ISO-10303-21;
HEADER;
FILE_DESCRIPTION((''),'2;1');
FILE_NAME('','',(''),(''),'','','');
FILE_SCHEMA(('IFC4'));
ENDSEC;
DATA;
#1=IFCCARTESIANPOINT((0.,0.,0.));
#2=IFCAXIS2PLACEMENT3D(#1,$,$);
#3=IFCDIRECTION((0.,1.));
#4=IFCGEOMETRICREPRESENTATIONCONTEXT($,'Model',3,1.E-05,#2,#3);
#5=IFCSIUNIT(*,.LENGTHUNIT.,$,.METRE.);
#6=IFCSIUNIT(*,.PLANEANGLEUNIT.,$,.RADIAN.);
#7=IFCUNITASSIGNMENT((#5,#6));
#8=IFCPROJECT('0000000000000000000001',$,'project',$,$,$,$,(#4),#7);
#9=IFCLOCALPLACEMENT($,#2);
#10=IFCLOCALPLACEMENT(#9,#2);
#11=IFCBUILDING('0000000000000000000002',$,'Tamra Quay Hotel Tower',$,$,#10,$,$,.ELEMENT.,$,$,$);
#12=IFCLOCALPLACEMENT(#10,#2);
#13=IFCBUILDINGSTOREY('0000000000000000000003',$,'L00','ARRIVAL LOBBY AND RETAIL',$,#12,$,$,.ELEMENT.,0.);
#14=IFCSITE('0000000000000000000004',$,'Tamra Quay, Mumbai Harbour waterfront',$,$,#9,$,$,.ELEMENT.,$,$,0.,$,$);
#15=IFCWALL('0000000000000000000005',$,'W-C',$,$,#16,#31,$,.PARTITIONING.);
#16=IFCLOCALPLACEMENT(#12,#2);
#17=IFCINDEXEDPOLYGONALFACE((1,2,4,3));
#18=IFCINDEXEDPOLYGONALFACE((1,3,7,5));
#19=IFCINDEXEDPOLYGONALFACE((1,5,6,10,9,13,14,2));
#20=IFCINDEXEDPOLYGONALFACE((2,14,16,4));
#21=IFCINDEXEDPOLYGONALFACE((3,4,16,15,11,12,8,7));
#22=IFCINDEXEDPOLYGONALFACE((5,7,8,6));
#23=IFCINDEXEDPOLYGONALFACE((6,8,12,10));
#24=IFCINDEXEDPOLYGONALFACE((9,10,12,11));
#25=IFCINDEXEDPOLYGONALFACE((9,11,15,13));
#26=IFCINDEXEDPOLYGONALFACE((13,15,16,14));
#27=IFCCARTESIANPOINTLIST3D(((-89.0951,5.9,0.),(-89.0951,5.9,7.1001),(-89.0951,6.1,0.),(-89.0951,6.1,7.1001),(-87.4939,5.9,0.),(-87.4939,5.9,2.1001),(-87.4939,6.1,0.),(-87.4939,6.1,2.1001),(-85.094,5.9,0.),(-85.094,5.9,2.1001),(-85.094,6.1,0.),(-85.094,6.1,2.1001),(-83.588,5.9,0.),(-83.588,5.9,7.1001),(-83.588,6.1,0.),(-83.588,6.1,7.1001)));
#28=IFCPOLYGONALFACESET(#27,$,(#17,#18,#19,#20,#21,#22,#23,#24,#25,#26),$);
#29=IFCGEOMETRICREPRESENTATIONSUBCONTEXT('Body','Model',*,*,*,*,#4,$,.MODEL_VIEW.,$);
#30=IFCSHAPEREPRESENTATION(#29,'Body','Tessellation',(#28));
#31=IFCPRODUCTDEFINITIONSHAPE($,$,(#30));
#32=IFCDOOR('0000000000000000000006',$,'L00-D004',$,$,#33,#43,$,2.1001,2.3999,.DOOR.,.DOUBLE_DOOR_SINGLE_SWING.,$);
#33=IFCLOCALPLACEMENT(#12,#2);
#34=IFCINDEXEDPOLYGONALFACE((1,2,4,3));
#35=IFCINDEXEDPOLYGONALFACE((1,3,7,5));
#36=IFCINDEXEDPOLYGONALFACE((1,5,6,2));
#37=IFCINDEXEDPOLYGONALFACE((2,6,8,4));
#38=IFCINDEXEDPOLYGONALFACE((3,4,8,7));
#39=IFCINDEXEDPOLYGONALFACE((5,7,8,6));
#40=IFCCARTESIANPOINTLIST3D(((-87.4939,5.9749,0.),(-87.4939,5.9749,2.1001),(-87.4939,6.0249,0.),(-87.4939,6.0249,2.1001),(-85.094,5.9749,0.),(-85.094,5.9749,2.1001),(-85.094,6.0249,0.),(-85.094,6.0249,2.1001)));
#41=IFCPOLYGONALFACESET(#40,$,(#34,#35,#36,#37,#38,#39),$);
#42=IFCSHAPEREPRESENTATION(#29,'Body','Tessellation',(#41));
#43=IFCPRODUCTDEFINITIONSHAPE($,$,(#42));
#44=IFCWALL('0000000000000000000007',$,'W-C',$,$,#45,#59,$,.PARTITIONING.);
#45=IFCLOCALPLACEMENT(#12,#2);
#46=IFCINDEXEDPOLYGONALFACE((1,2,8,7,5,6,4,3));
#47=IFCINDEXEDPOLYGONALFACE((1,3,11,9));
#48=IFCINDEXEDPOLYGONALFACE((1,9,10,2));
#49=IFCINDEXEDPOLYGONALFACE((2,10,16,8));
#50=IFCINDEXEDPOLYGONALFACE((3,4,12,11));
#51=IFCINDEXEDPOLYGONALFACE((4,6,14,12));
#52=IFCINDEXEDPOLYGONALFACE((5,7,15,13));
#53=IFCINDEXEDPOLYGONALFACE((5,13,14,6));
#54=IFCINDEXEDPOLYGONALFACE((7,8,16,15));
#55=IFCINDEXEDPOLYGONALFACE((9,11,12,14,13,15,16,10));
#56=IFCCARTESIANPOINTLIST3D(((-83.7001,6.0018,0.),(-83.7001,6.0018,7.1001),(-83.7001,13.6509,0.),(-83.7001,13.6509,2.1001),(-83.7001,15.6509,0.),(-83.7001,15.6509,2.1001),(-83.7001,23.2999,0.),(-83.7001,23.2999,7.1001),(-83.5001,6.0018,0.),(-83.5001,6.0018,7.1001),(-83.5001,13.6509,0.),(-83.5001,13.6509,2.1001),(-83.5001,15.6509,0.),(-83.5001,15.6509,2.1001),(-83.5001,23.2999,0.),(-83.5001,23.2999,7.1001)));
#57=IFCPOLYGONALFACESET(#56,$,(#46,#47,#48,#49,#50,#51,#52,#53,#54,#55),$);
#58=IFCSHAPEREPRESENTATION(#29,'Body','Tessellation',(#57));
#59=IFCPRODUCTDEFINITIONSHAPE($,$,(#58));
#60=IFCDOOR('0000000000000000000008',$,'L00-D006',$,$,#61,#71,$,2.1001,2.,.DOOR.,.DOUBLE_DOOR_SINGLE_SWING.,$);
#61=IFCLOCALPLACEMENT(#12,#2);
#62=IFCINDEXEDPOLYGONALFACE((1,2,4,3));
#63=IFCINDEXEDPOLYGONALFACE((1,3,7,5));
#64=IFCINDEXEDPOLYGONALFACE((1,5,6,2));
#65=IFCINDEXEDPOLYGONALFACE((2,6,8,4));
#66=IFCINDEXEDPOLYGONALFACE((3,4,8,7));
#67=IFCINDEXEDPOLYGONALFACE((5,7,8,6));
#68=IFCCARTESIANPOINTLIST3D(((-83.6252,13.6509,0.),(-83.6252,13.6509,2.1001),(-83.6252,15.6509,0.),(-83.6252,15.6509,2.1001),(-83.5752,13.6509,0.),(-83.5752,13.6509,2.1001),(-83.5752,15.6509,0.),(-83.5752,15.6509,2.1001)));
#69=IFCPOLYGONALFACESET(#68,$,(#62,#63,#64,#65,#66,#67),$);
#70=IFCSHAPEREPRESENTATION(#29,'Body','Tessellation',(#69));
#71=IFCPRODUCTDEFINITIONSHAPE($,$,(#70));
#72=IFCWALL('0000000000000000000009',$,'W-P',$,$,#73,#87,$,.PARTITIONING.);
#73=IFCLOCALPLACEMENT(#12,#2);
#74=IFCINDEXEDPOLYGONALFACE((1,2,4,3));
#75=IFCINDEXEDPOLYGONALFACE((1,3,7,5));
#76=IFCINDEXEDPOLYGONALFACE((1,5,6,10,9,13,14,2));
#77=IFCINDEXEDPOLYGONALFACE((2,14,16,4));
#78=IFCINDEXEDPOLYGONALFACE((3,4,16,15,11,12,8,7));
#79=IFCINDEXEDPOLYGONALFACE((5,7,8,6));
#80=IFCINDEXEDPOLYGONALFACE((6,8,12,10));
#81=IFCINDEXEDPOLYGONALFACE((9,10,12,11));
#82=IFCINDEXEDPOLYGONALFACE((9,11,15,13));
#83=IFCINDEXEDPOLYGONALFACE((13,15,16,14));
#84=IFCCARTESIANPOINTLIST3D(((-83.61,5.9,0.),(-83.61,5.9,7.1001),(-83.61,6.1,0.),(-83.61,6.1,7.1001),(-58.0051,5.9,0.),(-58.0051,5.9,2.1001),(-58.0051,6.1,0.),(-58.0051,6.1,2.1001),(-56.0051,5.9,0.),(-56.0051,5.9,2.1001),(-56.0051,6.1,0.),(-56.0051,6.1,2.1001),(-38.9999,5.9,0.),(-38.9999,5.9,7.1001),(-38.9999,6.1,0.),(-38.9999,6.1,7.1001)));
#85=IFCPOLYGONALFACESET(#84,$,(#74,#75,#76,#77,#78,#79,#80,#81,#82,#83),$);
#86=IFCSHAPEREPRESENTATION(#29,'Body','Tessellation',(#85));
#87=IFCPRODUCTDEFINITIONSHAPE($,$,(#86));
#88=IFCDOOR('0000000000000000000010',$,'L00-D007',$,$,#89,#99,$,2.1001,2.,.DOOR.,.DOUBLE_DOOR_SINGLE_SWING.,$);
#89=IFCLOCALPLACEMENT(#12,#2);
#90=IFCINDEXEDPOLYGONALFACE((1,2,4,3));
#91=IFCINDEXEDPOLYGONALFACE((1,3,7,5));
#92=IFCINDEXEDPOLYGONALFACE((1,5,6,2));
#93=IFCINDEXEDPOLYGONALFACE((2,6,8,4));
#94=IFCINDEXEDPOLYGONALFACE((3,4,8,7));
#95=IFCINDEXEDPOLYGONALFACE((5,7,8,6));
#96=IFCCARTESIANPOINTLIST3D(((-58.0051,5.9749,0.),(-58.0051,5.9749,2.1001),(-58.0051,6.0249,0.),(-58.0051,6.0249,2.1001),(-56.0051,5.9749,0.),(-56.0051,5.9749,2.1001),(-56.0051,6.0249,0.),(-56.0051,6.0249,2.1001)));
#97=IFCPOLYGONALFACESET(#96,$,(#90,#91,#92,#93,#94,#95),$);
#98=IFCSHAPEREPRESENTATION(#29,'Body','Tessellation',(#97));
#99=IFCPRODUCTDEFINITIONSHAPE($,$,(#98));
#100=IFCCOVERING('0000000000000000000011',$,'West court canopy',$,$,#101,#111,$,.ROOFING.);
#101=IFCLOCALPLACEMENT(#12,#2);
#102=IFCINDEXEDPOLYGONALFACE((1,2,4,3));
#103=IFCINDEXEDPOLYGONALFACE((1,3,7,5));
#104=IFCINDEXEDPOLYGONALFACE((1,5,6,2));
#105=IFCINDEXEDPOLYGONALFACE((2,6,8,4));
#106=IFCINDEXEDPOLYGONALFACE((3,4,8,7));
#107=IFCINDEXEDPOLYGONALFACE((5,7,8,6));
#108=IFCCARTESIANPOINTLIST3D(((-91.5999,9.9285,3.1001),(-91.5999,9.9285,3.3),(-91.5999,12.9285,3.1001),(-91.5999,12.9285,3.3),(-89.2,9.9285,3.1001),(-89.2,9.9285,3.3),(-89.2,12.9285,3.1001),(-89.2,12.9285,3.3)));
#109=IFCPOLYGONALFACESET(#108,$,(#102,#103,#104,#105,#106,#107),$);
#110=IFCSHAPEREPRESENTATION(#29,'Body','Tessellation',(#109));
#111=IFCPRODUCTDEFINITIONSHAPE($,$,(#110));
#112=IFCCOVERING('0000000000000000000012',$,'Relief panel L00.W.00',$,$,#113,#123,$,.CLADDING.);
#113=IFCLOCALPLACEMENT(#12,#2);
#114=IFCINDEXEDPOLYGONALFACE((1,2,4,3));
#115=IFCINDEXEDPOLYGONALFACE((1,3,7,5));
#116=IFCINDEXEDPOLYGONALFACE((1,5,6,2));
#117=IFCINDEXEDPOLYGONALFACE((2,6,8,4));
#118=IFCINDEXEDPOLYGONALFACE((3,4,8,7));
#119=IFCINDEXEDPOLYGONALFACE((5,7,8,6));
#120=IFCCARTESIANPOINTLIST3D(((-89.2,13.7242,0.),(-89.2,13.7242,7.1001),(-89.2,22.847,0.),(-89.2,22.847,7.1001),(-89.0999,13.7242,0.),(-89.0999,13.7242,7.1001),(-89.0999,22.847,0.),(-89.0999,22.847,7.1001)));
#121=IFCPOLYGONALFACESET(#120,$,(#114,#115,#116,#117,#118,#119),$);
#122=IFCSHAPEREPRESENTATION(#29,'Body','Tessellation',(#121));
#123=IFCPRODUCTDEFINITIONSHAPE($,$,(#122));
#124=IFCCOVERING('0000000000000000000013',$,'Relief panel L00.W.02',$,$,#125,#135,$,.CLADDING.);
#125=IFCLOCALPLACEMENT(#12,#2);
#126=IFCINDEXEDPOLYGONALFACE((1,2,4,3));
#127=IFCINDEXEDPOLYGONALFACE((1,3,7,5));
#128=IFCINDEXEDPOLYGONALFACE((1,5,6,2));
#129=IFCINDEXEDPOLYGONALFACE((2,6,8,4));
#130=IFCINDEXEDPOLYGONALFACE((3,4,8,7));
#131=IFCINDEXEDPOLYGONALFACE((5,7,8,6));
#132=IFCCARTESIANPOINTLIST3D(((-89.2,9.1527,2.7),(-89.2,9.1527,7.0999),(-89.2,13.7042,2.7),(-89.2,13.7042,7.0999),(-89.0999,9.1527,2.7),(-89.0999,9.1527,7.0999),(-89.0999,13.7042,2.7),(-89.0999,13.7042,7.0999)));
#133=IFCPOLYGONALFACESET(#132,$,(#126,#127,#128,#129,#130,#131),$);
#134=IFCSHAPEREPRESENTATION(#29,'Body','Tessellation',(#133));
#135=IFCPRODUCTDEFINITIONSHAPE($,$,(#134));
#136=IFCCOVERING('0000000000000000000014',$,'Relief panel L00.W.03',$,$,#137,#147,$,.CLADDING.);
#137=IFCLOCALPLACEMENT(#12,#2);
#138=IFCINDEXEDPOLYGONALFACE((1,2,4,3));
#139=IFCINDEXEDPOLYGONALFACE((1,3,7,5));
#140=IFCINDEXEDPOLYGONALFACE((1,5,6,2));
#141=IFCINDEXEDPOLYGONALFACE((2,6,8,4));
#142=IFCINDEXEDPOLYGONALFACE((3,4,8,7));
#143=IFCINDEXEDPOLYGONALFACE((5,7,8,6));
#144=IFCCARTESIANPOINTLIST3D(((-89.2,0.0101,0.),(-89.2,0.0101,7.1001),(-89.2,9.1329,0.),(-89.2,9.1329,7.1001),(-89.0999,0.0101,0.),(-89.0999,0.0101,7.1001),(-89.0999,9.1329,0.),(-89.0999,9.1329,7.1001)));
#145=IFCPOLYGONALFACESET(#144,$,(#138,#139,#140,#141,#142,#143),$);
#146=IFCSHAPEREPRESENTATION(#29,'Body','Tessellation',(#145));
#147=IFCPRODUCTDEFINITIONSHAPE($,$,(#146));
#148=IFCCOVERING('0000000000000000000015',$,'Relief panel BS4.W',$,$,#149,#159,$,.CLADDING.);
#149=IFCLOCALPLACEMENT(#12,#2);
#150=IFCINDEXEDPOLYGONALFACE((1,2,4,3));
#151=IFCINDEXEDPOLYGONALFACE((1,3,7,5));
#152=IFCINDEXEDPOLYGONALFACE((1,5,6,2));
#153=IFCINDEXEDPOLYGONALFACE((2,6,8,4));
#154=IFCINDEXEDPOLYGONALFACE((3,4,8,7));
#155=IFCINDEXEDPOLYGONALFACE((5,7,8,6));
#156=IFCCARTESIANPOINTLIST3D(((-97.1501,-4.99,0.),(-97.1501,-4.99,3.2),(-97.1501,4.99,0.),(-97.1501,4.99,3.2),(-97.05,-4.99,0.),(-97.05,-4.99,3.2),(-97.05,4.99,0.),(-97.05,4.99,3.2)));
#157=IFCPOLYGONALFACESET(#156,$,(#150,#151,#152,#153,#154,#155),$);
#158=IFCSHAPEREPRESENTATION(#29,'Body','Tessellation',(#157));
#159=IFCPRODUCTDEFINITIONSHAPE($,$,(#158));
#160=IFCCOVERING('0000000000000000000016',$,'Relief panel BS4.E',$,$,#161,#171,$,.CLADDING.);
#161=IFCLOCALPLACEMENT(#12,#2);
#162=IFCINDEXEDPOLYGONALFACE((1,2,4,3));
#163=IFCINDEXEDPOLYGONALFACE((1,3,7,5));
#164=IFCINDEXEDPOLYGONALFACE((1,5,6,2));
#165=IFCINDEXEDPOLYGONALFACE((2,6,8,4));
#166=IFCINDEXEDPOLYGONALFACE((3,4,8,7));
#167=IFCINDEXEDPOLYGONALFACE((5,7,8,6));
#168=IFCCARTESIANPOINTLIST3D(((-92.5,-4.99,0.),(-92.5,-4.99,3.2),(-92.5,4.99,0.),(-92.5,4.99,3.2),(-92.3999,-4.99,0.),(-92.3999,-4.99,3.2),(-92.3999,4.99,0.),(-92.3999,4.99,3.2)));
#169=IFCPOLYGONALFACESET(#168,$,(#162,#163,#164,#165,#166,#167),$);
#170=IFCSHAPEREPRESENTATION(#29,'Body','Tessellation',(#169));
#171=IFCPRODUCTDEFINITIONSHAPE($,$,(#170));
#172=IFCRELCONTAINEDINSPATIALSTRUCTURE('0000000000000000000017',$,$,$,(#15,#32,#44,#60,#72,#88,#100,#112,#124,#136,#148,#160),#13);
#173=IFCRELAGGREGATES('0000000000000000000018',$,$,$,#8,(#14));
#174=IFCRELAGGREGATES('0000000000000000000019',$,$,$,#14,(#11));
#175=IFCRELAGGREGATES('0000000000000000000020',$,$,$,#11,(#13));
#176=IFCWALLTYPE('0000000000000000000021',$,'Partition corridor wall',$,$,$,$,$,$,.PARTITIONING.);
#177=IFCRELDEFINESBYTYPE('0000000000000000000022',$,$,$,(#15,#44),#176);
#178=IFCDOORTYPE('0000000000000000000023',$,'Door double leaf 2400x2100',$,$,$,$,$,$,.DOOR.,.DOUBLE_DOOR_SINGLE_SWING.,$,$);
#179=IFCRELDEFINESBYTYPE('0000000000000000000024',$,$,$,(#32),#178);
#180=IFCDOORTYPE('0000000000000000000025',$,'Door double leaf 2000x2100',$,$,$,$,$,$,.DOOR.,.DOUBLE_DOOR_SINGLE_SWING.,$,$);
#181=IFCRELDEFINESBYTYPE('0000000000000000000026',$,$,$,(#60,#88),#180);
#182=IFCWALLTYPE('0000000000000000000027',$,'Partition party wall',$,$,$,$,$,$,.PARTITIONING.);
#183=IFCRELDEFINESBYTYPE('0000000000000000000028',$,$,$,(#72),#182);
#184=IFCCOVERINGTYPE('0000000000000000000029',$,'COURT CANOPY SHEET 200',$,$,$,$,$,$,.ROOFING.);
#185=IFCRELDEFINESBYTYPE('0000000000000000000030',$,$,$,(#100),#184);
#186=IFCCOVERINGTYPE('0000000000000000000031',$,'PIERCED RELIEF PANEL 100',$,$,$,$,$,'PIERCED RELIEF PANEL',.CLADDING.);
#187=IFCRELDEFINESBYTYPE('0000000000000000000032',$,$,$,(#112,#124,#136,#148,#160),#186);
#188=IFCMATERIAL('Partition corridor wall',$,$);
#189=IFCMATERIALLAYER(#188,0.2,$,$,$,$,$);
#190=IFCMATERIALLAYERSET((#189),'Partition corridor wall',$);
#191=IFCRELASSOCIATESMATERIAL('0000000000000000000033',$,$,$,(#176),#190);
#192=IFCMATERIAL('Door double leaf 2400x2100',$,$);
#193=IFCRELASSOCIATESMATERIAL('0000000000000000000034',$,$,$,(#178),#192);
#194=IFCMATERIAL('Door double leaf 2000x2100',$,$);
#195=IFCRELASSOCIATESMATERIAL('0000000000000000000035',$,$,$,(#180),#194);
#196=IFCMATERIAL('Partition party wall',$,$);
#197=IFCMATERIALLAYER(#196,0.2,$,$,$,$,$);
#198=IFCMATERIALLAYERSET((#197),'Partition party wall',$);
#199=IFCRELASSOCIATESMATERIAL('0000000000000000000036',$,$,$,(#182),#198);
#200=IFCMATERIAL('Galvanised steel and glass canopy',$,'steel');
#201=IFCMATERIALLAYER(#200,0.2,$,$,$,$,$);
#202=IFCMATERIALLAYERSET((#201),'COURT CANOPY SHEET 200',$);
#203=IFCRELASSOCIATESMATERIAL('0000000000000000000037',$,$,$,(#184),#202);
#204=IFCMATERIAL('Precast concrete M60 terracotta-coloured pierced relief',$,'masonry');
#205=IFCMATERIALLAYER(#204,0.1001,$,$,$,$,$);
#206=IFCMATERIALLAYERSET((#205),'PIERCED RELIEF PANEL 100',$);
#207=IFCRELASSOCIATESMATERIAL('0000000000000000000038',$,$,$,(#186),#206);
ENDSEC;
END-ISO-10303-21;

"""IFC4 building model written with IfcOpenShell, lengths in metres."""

from ifc_helpers import new_model, si_unit, direction, frame, frame_2d, origin, origin_2d, place, context, subcontext, project, spatial, rectangle, extrude, material, layer, layer_set, type_object, element, fill, save


model = new_model("IFC4")

# Units and contexts
model_context = context("Model", 3, precision=1e-05, world=origin(), true_north=direction((0.0, 1.0)))
body_context = subcontext(model_context, "Body", "Model", "MODEL_VIEW")
ifc_project = project(units=[si_unit("LENGTHUNIT", "METRE"), si_unit("PLANEANGLEUNIT", "RADIAN")], contexts=[model_context])

# Site, building, storey
site_placement = place(None, origin())
site = spatial("IfcSite", under=ifc_project, at=site_placement, Name="Tamra Quay, Mumbai Harbour waterfront", CompositionType="ELEMENT", RefElevation=0.0)
building_placement = place(site_placement, origin())
building = spatial("IfcBuilding", under=site, at=building_placement, Name="Tamra Quay Hotel Tower", CompositionType="ELEMENT")
storey_placement = place(building_placement, origin())
storey = spatial("IfcBuildingStorey", under=building, at=storey_placement, Name="L00", Description="ARRIVAL LOBBY AND RETAIL", CompositionType="ELEMENT", Elevation=0.0)

# Walls, openings, doors
ifc_material_1 = material(Name="Partition corridor wall")
ifc_layer_1 = layer(ifc_material_1, 0.2)
ifc_layer_set_1 = layer_set([ifc_layer_1], Name="Partition corridor wall")
wall_type_1 = type_object("IfcWallType", Name="Partition corridor wall", PredefinedType="PARTITIONING", material=ifc_layer_set_1)
wall_1_placement = place(storey_placement, frame((-89.095, 6.0, 0.0), z_axis=(0.0, 0.0, 1.0), x_axis=(1.0, 0.0, 0.0)))
wall_1 = element("IfcWall", 1, at=wall_1_placement, inside=storey, type_object=wall_type_1, Name="W-C", PredefinedType="PARTITIONING", context=body_context, shape_type="SweptSolid", body=[
    extrude(rectangle(XDim=5.5071, YDim=0.2, at=frame_2d((2.7534, 0.0))), origin(), (0.0, 0.0, 1.0), 7.1001),
])
opening_1_placement = place(wall_1_placement, frame((1.6011, 0.0, 0.0)))
opening_1 = element("IfcOpeningElement", 2, at=opening_1_placement, cuts=wall_1, PredefinedType="OPENING", context=body_context, shape_type="SweptSolid", body=[
    extrude(rectangle(XDim=2.3999, YDim=2.1001, at=frame_2d((1.2, 1.05))), frame((0.0, 0.1099, 0.0), z_axis=(0.0, -1.0, 0.0), x_axis=(1.0, 0.0, 0.0)), (0.0, 0.0, 1.0), 0.22),
])
ifc_material_2 = material(Name="Door double leaf 2400x2100")
door_type_1 = type_object("IfcDoorType", Name="Door double leaf 2400x2100", OperationType="DOUBLE_DOOR_SINGLE_SWING", PredefinedType="DOOR", material=ifc_material_2)
door_1_placement = place(opening_1_placement, origin())
door_1 = element("IfcDoor", 3, at=door_1_placement, inside=storey, type_object=door_type_1, Name="L00-D004", OperationType="DOUBLE_DOOR_SINGLE_SWING", OverallHeight=2.1001, OverallWidth=2.3999, PredefinedType="DOOR", context=body_context, shape_type="SweptSolid", body=[
    extrude(rectangle(XDim=2.3999, YDim=2.1001, at=frame_2d((1.2, 1.05))), frame((0.0, 0.0249, 0.0), z_axis=(0.0, -1.0, 0.0), x_axis=(1.0, 0.0, 0.0)), (0.0, 0.0, 1.0), 0.05),
])
fill(opening_1, door_1)
wall_2_placement = place(storey_placement, frame((-83.6001, 6.002, 0.0), z_axis=(0.0, 0.0, 1.0), x_axis=(0.0, 1.0, 0.0)))
wall_2 = element("IfcWall", 4, at=wall_2_placement, inside=storey, type_object=wall_type_1, Name="W-C", PredefinedType="PARTITIONING", context=body_context, shape_type="SweptSolid", body=[
    extrude(rectangle(XDim=17.2981, YDim=0.2, at=frame_2d((8.6489, 0.0))), origin(), (0.0, 0.0, 1.0), 7.1001),
])
opening_2_placement = place(wall_2_placement, frame((7.6489, 0.0, 0.0)))
opening_2 = element("IfcOpeningElement", 5, at=opening_2_placement, cuts=wall_2, PredefinedType="OPENING", context=body_context, shape_type="SweptSolid", body=[
    extrude(rectangle(XDim=2.0, YDim=2.1001, at=frame_2d((1.0, 1.05))), frame((0.0, 0.1099, 0.0), z_axis=(0.0, -1.0, 0.0), x_axis=(1.0, 0.0, 0.0)), (0.0, 0.0, 1.0), 0.22),
])
ifc_material_3 = material(Name="Door double leaf 2000x2100")
door_type_2 = type_object("IfcDoorType", Name="Door double leaf 2000x2100", OperationType="DOUBLE_DOOR_SINGLE_SWING", PredefinedType="DOOR", material=ifc_material_3)
door_2_placement = place(opening_2_placement, frame((2.0, 0.0, 0.0), z_axis=(0.0, 0.0, 1.0), x_axis=(-1.0, 0.0, 0.0)))
door_2 = element("IfcDoor", 6, at=door_2_placement, inside=storey, type_object=door_type_2, Name="L00-D006", OperationType="DOUBLE_DOOR_SINGLE_SWING", OverallHeight=2.1001, OverallWidth=2.0, PredefinedType="DOOR", context=body_context, shape_type="SweptSolid", body=[
    extrude(rectangle(XDim=2.0, YDim=2.1001, at=frame_2d((1.0, 1.05))), frame((0.0, 0.0249, 0.0), z_axis=(0.0, -1.0, 0.0), x_axis=(1.0, 0.0, 0.0)), (0.0, 0.0, 1.0), 0.05),
])
fill(opening_2, door_2)
ifc_material_4 = material(Name="Partition party wall")
ifc_layer_2 = layer(ifc_material_4, 0.2)
ifc_layer_set_2 = layer_set([ifc_layer_2], Name="Partition party wall")
wall_type_2 = type_object("IfcWallType", Name="Partition party wall", PredefinedType="PARTITIONING", material=ifc_layer_set_2)
wall_3_placement = place(storey_placement, frame((-83.6101, 6.0, 0.0), z_axis=(0.0, 0.0, 1.0), x_axis=(1.0, 0.0, 0.0)))
wall_3 = element("IfcWall", 7, at=wall_3_placement, inside=storey, type_object=wall_type_2, Name="W-P", PredefinedType="PARTITIONING", context=body_context, shape_type="SweptSolid", body=[
    extrude(rectangle(XDim=44.6101, YDim=0.2, at=frame_2d((22.3052, 0.0))), origin(), (0.0, 0.0, 1.0), 7.1001),
])
opening_3_placement = place(wall_3_placement, frame((25.605, 0.0, 0.0)))
opening_3 = element("IfcOpeningElement", 8, at=opening_3_placement, cuts=wall_3, PredefinedType="OPENING", context=body_context, shape_type="SweptSolid", body=[
    extrude(rectangle(XDim=2.0, YDim=2.1001, at=frame_2d((1.0, 1.05))), frame((0.0, 0.1099, 0.0), z_axis=(0.0, -1.0, 0.0), x_axis=(1.0, 0.0, 0.0)), (0.0, 0.0, 1.0), 0.22),
])
door_3_placement = place(opening_3_placement, origin())
door_3 = element("IfcDoor", 9, at=door_3_placement, inside=storey, type_object=door_type_2, Name="L00-D007", OperationType="DOUBLE_DOOR_SINGLE_SWING", OverallHeight=2.1001, OverallWidth=2.0, PredefinedType="DOOR", context=body_context, shape_type="SweptSolid", body=[
    extrude(rectangle(XDim=2.0, YDim=2.1001, at=frame_2d((1.0, 1.05))), frame((0.0, 0.0249, 0.0), z_axis=(0.0, -1.0, 0.0), x_axis=(1.0, 0.0, 0.0)), (0.0, 0.0, 1.0), 0.05),
])
fill(opening_3, door_3)

# Coverings
ifc_material_5 = material(Name="Galvanised steel and glass canopy", Category="steel")
ifc_layer_3 = layer(ifc_material_5, 0.2)
ifc_layer_set_3 = layer_set([ifc_layer_3], Name="COURT CANOPY SHEET 200")
covering_type_1 = type_object("IfcCoveringType", Name="COURT CANOPY SHEET 200", PredefinedType="ROOFING", material=ifc_layer_set_3)
covering_1_placement = place(storey_placement, frame((-90.3999, 11.4285, 3.1001), z_axis=(0.0, 0.0, 1.0), x_axis=(0.0, -1.0, 0.0)))
element("IfcCovering", 10, at=covering_1_placement, inside=storey, type_object=covering_type_1, Name="West court canopy", PredefinedType="ROOFING", context=body_context, shape_type="SweptSolid", body=[
    extrude(rectangle(XDim=3.0, YDim=2.3999, at=origin_2d()), origin(), (0.0, 0.0, 1.0), 0.2),
])
ifc_material_6 = material(Name="Precast concrete M60 terracotta-coloured pierced relief", Category="masonry")
ifc_layer_4 = layer(ifc_material_6, 0.1001)
ifc_layer_set_4 = layer_set([ifc_layer_4], Name="PIERCED RELIEF PANEL 100")
covering_type_2 = type_object("IfcCoveringType", Name="PIERCED RELIEF PANEL 100", ElementType="PIERCED RELIEF PANEL", PredefinedType="CLADDING", material=ifc_layer_set_4)
covering_2_placement = place(storey_placement, frame((-89.1499, 18.2856, 0.0), z_axis=(0.0, 0.0, 1.0), x_axis=(0.0, -1.0, 0.0)))
element("IfcCovering", 11, at=covering_2_placement, inside=storey, type_object=covering_type_2, Name="Relief panel L00.W.00", PredefinedType="CLADDING", context=body_context, shape_type="SweptSolid", body=[
    extrude(rectangle(XDim=9.1228, YDim=0.1001, at=origin_2d()), origin(), (0.0, 0.0, 1.0), 7.1001),
])
covering_3_placement = place(storey_placement, frame((-89.1499, 11.4285, 2.7), z_axis=(0.0, 0.0, 1.0), x_axis=(0.0, -1.0, 0.0)))
element("IfcCovering", 12, at=covering_3_placement, inside=storey, type_object=covering_type_2, Name="Relief panel L00.W.02", PredefinedType="CLADDING", context=body_context, shape_type="SweptSolid", body=[
    extrude(rectangle(XDim=4.5515, YDim=0.1001, at=origin_2d()), origin(), (0.0, 0.0, 1.0), 4.3999),
])
covering_4_placement = place(storey_placement, frame((-89.1499, 4.5715, 0.0), z_axis=(0.0, 0.0, 1.0), x_axis=(0.0, -1.0, 0.0)))
element("IfcCovering", 13, at=covering_4_placement, inside=storey, type_object=covering_type_2, Name="Relief panel L00.W.03", PredefinedType="CLADDING", context=body_context, shape_type="SweptSolid", body=[
    extrude(rectangle(XDim=9.1228, YDim=0.1001, at=origin_2d()), origin(), (0.0, 0.0, 1.0), 7.1001),
])
for number, where, z_axis, x_axis, name in (
    (14, (-97.1001, 0.0, 0.0), (0.0, 0.0, 1.0), (0.0, -1.0, 0.0), "Relief panel BS4.W"),
    (15, (-92.45, 0.0, 0.0), (0.0, 0.0, 1.0), (0.0, 1.0, 0.0), "Relief panel BS4.E"),
):
    element("IfcCovering", number, at=place(storey_placement, frame(where, z_axis=z_axis, x_axis=x_axis)), inside=storey, type_object=covering_type_2, Name=name, PredefinedType="CLADDING", context=body_context, shape_type="SweptSolid", body=[
        extrude(rectangle(XDim=9.98, YDim=0.1001, at=origin_2d()), origin(), (0.0, 0.0, 1.0), 3.2),
    ])

save(model, "model.ifc")
